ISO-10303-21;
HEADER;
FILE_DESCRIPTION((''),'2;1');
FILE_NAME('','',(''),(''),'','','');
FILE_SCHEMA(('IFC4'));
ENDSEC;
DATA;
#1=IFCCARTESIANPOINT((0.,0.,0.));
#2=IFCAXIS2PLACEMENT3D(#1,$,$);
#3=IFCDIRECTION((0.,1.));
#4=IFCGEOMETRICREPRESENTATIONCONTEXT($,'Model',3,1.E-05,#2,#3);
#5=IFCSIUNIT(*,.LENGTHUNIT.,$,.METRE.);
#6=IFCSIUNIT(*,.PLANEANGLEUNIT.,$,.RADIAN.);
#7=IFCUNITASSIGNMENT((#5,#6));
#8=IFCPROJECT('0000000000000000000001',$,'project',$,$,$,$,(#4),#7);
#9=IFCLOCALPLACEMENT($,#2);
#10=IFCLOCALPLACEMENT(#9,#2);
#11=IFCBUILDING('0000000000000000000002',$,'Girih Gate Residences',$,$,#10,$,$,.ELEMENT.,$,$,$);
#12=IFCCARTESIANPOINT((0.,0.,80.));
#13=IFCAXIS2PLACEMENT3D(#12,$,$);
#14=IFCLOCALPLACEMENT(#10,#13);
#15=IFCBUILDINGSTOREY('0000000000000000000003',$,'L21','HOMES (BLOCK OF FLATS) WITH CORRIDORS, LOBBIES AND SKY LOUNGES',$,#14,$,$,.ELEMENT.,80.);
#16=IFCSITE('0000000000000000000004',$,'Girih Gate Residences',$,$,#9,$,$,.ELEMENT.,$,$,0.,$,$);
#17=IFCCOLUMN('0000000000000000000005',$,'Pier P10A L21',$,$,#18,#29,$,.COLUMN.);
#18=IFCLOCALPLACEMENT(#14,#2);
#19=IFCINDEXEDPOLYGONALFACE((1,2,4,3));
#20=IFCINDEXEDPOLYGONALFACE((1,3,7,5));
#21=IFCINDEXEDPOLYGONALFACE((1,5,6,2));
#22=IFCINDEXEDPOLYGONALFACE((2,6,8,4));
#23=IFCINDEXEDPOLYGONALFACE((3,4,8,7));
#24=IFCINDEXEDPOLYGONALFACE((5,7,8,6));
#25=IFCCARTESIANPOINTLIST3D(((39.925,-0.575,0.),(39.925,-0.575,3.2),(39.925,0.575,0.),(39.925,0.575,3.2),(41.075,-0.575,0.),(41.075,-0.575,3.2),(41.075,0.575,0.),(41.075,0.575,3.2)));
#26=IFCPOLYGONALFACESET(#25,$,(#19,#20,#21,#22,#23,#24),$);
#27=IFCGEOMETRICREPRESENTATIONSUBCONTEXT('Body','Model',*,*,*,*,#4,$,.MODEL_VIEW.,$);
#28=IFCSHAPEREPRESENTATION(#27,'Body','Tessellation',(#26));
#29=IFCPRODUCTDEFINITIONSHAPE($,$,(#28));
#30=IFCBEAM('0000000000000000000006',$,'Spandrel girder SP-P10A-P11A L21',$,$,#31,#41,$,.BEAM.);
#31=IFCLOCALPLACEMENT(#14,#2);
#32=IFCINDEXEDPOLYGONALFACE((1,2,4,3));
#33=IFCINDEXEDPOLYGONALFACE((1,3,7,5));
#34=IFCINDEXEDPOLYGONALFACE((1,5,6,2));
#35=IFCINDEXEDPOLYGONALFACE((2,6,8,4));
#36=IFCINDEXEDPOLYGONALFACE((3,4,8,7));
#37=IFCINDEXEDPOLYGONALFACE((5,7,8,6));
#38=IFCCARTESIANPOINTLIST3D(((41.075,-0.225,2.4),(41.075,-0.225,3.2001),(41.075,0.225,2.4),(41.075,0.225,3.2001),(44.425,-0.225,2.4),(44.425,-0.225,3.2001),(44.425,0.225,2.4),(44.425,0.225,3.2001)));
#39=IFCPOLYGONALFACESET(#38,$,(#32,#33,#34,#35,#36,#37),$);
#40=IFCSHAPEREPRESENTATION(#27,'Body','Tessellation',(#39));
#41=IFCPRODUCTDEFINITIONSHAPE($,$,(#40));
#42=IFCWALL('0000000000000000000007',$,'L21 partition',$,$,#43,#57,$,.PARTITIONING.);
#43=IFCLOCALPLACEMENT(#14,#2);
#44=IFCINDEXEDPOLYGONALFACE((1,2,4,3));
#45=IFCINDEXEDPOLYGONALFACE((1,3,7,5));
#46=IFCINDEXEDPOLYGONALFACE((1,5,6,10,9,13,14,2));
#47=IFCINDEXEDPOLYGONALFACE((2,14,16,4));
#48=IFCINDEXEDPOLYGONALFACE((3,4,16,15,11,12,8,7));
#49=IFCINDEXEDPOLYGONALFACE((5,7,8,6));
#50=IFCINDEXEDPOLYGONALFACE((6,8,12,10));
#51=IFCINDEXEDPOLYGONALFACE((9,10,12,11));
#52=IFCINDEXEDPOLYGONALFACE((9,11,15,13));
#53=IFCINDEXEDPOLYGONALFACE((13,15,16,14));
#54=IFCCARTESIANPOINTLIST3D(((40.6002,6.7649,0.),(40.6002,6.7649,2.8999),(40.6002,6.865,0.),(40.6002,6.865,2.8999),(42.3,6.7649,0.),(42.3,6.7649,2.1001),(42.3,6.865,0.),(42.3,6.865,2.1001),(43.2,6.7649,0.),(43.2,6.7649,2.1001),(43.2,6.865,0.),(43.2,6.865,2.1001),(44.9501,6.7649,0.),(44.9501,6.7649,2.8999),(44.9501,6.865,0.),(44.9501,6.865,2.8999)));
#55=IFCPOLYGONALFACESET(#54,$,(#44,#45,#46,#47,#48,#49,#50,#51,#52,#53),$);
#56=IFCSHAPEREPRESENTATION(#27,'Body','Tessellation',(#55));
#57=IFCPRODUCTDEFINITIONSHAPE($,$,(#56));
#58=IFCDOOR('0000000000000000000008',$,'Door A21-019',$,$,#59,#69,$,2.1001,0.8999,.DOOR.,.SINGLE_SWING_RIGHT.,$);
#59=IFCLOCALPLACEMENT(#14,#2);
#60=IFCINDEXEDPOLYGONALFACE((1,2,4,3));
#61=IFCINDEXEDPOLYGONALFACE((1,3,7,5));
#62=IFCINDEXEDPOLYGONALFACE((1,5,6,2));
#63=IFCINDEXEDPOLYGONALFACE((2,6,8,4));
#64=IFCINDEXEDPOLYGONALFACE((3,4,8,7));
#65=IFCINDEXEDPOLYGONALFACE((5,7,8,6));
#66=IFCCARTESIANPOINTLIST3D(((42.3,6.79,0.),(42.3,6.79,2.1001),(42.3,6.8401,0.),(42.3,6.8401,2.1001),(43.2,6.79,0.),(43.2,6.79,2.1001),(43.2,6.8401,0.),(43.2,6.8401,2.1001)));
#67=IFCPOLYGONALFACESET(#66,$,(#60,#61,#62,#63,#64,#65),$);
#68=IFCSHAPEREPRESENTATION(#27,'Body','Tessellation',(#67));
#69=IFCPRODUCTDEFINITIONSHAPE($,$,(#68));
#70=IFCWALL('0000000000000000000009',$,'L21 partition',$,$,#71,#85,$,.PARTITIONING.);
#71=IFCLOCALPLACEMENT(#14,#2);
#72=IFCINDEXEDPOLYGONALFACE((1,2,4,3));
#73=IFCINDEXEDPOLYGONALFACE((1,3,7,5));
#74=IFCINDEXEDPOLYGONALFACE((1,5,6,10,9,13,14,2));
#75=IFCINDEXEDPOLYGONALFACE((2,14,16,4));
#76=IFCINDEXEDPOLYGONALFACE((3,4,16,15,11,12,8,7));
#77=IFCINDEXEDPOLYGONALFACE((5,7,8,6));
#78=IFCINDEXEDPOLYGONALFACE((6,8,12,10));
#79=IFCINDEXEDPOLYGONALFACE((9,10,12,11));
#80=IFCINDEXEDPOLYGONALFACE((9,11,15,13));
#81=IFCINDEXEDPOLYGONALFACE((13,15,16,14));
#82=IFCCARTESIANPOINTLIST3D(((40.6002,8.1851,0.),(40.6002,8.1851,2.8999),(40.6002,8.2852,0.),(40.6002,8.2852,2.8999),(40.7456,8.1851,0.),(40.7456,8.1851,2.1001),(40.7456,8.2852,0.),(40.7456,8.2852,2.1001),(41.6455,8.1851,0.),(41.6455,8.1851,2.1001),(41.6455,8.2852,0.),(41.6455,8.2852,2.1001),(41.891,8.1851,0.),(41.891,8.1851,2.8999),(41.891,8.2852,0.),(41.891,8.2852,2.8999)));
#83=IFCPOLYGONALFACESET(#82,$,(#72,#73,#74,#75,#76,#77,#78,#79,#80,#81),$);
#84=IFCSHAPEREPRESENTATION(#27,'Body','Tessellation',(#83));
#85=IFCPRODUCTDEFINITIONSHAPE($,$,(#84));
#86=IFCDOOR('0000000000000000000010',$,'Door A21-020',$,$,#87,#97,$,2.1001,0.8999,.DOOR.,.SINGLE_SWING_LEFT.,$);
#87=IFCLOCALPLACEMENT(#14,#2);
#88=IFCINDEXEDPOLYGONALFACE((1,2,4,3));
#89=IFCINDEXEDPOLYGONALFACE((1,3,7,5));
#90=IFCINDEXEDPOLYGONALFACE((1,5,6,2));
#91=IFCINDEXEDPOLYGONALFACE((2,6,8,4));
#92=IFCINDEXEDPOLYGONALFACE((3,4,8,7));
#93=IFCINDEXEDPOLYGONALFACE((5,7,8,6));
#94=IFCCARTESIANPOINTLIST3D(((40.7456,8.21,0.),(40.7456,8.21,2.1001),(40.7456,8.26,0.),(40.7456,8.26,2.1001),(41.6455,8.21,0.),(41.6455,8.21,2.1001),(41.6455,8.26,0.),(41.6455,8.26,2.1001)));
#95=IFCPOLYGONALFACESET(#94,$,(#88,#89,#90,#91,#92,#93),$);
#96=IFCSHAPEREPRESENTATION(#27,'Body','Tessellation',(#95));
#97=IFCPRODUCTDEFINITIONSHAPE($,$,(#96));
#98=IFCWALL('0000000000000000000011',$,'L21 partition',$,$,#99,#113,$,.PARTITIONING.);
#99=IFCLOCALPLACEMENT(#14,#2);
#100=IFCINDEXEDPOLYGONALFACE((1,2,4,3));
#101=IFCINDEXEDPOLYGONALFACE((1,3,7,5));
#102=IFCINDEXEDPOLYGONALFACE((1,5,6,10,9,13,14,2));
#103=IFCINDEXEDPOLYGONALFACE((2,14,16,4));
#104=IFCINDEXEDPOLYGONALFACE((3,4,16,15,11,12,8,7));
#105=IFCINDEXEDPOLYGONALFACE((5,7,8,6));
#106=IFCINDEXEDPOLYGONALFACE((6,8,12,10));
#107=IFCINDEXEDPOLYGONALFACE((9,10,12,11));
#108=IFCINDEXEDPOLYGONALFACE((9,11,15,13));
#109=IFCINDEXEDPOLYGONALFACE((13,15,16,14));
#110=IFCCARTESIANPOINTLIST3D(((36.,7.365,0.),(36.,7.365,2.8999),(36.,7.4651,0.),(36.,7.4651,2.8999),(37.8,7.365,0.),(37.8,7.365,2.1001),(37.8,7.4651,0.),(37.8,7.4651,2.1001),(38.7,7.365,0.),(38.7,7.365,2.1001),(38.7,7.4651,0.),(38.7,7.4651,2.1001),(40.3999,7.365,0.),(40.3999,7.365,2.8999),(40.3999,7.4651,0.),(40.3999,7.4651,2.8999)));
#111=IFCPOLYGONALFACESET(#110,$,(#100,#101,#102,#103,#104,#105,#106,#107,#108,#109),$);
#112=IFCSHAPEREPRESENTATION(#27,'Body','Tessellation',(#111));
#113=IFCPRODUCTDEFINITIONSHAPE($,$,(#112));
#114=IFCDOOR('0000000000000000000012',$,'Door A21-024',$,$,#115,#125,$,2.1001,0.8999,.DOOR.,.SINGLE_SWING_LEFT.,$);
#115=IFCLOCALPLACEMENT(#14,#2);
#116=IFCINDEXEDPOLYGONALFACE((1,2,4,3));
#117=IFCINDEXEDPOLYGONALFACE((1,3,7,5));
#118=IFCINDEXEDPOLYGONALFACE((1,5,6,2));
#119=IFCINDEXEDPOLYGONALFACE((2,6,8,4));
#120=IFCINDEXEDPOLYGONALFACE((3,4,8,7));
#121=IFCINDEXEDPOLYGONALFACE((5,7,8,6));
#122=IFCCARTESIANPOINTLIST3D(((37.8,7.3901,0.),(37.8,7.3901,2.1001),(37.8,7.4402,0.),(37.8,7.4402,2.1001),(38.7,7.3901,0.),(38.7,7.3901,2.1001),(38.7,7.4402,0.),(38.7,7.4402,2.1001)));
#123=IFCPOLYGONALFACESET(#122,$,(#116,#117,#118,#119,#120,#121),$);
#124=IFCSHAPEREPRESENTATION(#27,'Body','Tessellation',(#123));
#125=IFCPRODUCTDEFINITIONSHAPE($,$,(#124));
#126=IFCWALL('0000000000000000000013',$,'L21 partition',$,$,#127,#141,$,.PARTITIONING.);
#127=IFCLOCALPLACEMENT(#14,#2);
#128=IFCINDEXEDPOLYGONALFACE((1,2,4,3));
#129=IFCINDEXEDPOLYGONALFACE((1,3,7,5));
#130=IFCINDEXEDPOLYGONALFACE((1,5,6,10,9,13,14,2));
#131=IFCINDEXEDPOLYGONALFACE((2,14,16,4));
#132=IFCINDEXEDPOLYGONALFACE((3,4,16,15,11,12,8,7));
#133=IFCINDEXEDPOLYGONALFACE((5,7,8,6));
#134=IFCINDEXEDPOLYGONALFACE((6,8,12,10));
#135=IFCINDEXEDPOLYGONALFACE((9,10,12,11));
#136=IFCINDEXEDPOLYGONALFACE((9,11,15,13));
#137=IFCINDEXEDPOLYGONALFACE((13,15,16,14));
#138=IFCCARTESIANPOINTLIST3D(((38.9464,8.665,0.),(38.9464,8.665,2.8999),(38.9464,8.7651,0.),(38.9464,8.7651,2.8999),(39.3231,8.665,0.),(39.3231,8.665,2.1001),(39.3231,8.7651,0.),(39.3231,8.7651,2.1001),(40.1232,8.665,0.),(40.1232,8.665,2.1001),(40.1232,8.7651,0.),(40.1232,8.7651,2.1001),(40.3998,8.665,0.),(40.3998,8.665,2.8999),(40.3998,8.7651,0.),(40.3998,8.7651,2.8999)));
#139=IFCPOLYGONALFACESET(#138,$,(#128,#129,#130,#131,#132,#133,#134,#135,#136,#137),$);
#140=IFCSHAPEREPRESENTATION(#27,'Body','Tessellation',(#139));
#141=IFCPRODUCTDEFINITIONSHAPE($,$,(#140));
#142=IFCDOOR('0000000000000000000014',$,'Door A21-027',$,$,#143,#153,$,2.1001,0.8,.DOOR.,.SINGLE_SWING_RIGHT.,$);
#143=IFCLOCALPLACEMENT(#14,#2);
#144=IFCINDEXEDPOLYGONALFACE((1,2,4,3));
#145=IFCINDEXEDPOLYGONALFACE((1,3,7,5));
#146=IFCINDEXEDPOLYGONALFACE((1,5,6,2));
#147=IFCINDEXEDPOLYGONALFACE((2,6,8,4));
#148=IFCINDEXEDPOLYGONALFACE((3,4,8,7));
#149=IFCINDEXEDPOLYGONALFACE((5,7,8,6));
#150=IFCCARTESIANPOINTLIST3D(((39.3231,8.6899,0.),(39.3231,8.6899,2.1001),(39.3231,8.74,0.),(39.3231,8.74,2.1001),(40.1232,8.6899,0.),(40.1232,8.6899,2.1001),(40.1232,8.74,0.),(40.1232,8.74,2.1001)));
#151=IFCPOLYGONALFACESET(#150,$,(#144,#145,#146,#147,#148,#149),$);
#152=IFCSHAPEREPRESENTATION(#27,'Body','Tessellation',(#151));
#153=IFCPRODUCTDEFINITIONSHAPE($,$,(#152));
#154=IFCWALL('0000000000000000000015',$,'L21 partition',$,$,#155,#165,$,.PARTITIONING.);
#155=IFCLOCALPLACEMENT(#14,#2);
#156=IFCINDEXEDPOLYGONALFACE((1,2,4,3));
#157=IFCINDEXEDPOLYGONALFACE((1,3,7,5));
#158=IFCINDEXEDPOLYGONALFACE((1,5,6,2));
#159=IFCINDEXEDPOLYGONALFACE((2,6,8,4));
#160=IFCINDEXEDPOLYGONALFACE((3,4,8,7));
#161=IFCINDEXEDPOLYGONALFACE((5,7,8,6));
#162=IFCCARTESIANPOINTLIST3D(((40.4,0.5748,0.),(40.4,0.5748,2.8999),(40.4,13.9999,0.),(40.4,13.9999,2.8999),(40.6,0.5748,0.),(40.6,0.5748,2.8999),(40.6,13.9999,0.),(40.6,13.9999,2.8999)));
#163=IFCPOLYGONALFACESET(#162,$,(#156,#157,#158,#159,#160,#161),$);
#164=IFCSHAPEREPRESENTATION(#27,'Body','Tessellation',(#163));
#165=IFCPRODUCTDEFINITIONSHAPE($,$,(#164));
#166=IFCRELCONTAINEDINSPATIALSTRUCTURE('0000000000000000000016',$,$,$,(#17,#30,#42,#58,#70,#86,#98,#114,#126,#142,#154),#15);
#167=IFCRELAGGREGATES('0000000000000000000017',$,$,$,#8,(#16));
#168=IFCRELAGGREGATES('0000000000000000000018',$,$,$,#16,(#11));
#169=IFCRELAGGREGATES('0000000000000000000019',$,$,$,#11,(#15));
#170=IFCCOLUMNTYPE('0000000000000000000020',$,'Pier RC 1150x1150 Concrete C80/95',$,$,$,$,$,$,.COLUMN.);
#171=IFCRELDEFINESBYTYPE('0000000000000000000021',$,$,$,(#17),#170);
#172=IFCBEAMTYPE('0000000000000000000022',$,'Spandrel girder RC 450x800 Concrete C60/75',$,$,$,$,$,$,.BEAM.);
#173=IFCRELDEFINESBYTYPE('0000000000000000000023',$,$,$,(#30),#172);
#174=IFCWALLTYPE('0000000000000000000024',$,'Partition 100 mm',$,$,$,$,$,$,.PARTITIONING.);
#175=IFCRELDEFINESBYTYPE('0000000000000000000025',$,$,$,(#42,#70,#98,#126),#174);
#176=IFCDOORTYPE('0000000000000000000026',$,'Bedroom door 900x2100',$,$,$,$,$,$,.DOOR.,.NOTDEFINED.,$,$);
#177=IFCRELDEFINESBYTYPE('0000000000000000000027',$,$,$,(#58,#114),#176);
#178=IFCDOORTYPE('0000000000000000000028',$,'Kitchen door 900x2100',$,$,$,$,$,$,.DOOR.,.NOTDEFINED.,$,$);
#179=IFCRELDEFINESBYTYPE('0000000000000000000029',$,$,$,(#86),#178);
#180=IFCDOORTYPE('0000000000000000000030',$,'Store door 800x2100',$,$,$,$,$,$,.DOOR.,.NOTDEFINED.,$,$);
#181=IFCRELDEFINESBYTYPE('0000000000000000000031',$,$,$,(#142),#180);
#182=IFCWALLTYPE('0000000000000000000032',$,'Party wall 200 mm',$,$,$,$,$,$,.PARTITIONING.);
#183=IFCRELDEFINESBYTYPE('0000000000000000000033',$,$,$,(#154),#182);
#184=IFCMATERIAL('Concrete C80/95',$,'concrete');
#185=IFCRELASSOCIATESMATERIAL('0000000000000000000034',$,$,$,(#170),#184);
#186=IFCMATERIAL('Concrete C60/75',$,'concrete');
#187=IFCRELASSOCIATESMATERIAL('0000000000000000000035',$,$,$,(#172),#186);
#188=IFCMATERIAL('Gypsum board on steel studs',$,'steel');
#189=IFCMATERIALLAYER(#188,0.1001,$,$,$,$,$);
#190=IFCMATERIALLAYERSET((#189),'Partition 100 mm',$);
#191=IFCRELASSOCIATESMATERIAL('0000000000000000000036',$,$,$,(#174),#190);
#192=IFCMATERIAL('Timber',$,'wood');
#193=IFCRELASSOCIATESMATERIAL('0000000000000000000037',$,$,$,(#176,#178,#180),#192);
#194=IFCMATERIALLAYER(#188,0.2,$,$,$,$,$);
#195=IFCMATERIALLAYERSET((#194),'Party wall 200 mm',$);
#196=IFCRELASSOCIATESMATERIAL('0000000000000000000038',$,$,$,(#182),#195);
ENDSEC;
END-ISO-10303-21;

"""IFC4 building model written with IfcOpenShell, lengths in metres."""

from ifc_helpers import new_model, si_unit, direction, frame, frame_2d, origin, origin_2d, place, context, subcontext, project, spatial, rectangle, extrude, material, layer, layer_set, material_profile, profile_set, type_object, element, fill, save


model = new_model("IFC4")

# Units and contexts
model_context = context("Model", 3, precision=1e-05, world=origin(), true_north=direction((0.0, 1.0)))
body_context = subcontext(model_context, "Body", "Model", "MODEL_VIEW")
ifc_project = project(units=[si_unit("LENGTHUNIT", "METRE"), si_unit("PLANEANGLEUNIT", "RADIAN")], contexts=[model_context])

# Site, building, storey
site_placement = place(None, origin())
site = spatial("IfcSite", under=ifc_project, at=site_placement, Name="Girih Gate Residences", CompositionType="ELEMENT", RefElevation=0.0)
building_placement = place(site_placement, origin())
building = spatial("IfcBuilding", under=site, at=building_placement, Name="Girih Gate Residences", CompositionType="ELEMENT")
storey_placement = place(building_placement, frame((0.0, 0.0, 80.0)))
storey = spatial("IfcBuildingStorey", under=building, at=storey_placement, Name="L21", Description="HOMES (BLOCK OF FLATS) WITH CORRIDORS, LOBBIES AND SKY LOUNGES", CompositionType="ELEMENT", Elevation=80.0)

# Column
ifc_material_1 = material(Name="Concrete C80/95", Category="concrete")
ifc_material_profile_1 = material_profile(ifc_material_1, rectangle(XDim=1.1499, YDim=1.1499, at=origin_2d()))
ifc_profile_set_1 = profile_set([ifc_material_profile_1], Name="Concrete C80/95")
column_type = type_object("IfcColumnType", Name="Pier RC 1150x1150 Concrete C80/95", PredefinedType="COLUMN", material=ifc_profile_set_1)
column_placement = place(storey_placement, frame((40.5, 0.0, 0.0), z_axis=(0.0, 0.0, 1.0), x_axis=(1.0, 0.0, 0.0)))
element("IfcColumn", 1, at=column_placement, inside=storey, type_object=column_type, Name="Pier P10A L21", PredefinedType="COLUMN", context=body_context, shape_type="SweptSolid", body=[
    extrude(rectangle(XDim=1.1499, YDim=1.1499, at=origin_2d()), origin(), (0.0, 0.0, 1.0), 3.2),
])

# Beam
ifc_material_2 = material(Name="Concrete C60/75", Category="concrete")
ifc_material_profile_2 = material_profile(ifc_material_2, rectangle(XDim=0.45, YDim=0.8, at=origin_2d()))
ifc_profile_set_2 = profile_set([ifc_material_profile_2], Name="Concrete C60/75")
beam_type = type_object("IfcBeamType", Name="Spandrel girder RC 450x800 Concrete C60/75", PredefinedType="BEAM", material=ifc_profile_set_2)
beam_placement = place(storey_placement, frame((41.075, 0.0, 2.8), z_axis=(1.0, 0.0, 0.0), x_axis=(0.0, 1.0, 0.0)))
element("IfcBeam", 2, at=beam_placement, inside=storey, type_object=beam_type, Name="Spandrel girder SP-P10A-P11A L21", PredefinedType="BEAM", context=body_context, shape_type="SweptSolid", body=[
    extrude(rectangle(XDim=0.45, YDim=0.8, at=origin_2d()), origin(), (0.0, 0.0, 1.0), 3.3501),
])

# Walls, openings, doors
ifc_material_3 = material(Name="Gypsum board on steel studs", Category="steel")
ifc_layer_1 = layer(ifc_material_3, 0.1001)
ifc_layer_set_1 = layer_set([ifc_layer_1], Name="Partition 100 mm")
wall_type_1 = type_object("IfcWallType", Name="Partition 100 mm", PredefinedType="PARTITIONING", material=ifc_layer_set_1)
wall_1_placement = place(storey_placement, frame((44.95, 6.8149, 0.0), z_axis=(0.0, 0.0, 1.0), x_axis=(-1.0, 0.0, 0.0)))
wall_1 = element("IfcWall", 3, at=wall_1_placement, inside=storey, type_object=wall_type_1, Name="L21 partition", PredefinedType="PARTITIONING", context=body_context, shape_type="SweptSolid", body=[
    extrude(rectangle(XDim=4.3499, YDim=0.1001, at=frame_2d((2.1748, 0.0))), origin(), (0.0, 0.0, 1.0), 2.8999),
])
opening_1_placement = place(wall_1_placement, frame((1.75, 0.0, 0.0)))
opening_1 = element("IfcOpeningElement", 4, at=opening_1_placement, cuts=wall_1, PredefinedType="OPENING", context=body_context, shape_type="SweptSolid", body=[
    extrude(rectangle(XDim=0.8999, YDim=2.1001, at=frame_2d((0.45, 1.05))), frame((0.0, 0.0601, 0.0), z_axis=(0.0, -1.0, 0.0), x_axis=(1.0, 0.0, 0.0)), (0.0, 0.0, 1.0), 0.1201),
])
ifc_material_4 = material(Name="Timber", Category="wood")
door_type_1 = type_object("IfcDoorType", Name="Bedroom door 900x2100", OperationType="NOTDEFINED", PredefinedType="DOOR", material=ifc_material_4)
door_1_placement = place(opening_1_placement, origin())
door_1 = element("IfcDoor", 5, at=door_1_placement, inside=storey, type_object=door_type_1, Name="Door A21-019", OperationType="SINGLE_SWING_RIGHT", OverallHeight=2.1001, OverallWidth=0.8999, PredefinedType="DOOR", context=body_context, shape_type="SweptSolid", body=[
    extrude(rectangle(XDim=0.8999, YDim=2.1001, at=frame_2d((0.45, 1.05))), frame((0.0, 0.0249, 0.0), z_axis=(0.0, -1.0, 0.0), x_axis=(1.0, 0.0, 0.0)), (0.0, 0.0, 1.0), 0.05),
])
fill(opening_1, door_1)
wall_2_placement = place(storey_placement, frame((40.6001, 8.2351, 0.0), z_axis=(0.0, 0.0, 1.0), x_axis=(1.0, 0.0, 0.0)))
wall_2 = element("IfcWall", 6, at=wall_2_placement, inside=storey, type_object=wall_type_1, Name="L21 partition", PredefinedType="PARTITIONING", context=body_context, shape_type="SweptSolid", body=[
    extrude(rectangle(XDim=1.2908, YDim=0.1001, at=frame_2d((0.6455, 0.0))), origin(), (0.0, 0.0, 1.0), 2.8999),
])
opening_2_placement = place(wall_2_placement, frame((0.1455, 0.0, 0.0)))
opening_2 = element("IfcOpeningElement", 7, at=opening_2_placement, cuts=wall_2, PredefinedType="OPENING", context=body_context, shape_type="SweptSolid", body=[
    extrude(rectangle(XDim=0.8999, YDim=2.1001, at=frame_2d((0.45, 1.05))), frame((0.0, 0.0601, 0.0), z_axis=(0.0, -1.0, 0.0), x_axis=(1.0, 0.0, 0.0)), (0.0, 0.0, 1.0), 0.1201),
])
door_type_2 = type_object("IfcDoorType", Name="Kitchen door 900x2100", OperationType="NOTDEFINED", PredefinedType="DOOR", material=ifc_material_4)
door_2_placement = place(opening_2_placement, origin())
door_2 = element("IfcDoor", 8, at=door_2_placement, inside=storey, type_object=door_type_2, Name="Door A21-020", OperationType="SINGLE_SWING_LEFT", OverallHeight=2.1001, OverallWidth=0.8999, PredefinedType="DOOR", context=body_context, shape_type="SweptSolid", body=[
    extrude(rectangle(XDim=0.8999, YDim=2.1001, at=frame_2d((0.45, 1.05))), frame((0.0, 0.0249, 0.0), z_axis=(0.0, -1.0, 0.0), x_axis=(1.0, 0.0, 0.0)), (0.0, 0.0, 1.0), 0.05),
])
fill(opening_2, door_2)
wall_3_placement = place(storey_placement, frame((40.3999, 7.415, 0.0), z_axis=(0.0, 0.0, 1.0), x_axis=(-1.0, 0.0, 0.0)))
wall_3 = element("IfcWall", 9, at=wall_3_placement, inside=storey, type_object=wall_type_1, Name="L21 partition", PredefinedType="PARTITIONING", context=body_context, shape_type="SweptSolid", body=[
    extrude(rectangle(XDim=4.3999, YDim=0.1001, at=frame_2d((2.2, 0.0))), origin(), (0.0, 0.0, 1.0), 2.8999),
])
opening_3_placement = place(wall_3_placement, frame((1.7, 0.0, 0.0)))
opening_3 = element("IfcOpeningElement", 10, at=opening_3_placement, cuts=wall_3, PredefinedType="OPENING", context=body_context, shape_type="SweptSolid", body=[
    extrude(rectangle(XDim=0.8999, YDim=2.1001, at=frame_2d((0.45, 1.05))), frame((0.0, 0.0601, 0.0), z_axis=(0.0, -1.0, 0.0), x_axis=(1.0, 0.0, 0.0)), (0.0, 0.0, 1.0), 0.1201),
])
door_3_placement = place(opening_3_placement, origin())
door_3 = element("IfcDoor", 11, at=door_3_placement, inside=storey, type_object=door_type_1, Name="Door A21-024", OperationType="SINGLE_SWING_LEFT", OverallHeight=2.1001, OverallWidth=0.8999, PredefinedType="DOOR", context=body_context, shape_type="SweptSolid", body=[
    extrude(rectangle(XDim=0.8999, YDim=2.1001, at=frame_2d((0.45, 1.05))), frame((0.0, 0.0249, 0.0), z_axis=(0.0, -1.0, 0.0), x_axis=(1.0, 0.0, 0.0)), (0.0, 0.0, 1.0), 0.05),
])
fill(opening_3, door_3)
wall_4_placement = place(storey_placement, frame((38.9465, 8.7151, 0.0), z_axis=(0.0, 0.0, 1.0), x_axis=(1.0, 0.0, 0.0)))
wall_4 = element("IfcWall", 12, at=wall_4_placement, inside=storey, type_object=wall_type_1, Name="L21 partition", PredefinedType="PARTITIONING", context=body_context, shape_type="SweptSolid", body=[
    extrude(rectangle(XDim=1.4534, YDim=0.1001, at=frame_2d((0.7266, 0.0))), origin(), (0.0, 0.0, 1.0), 2.8999),
])
opening_4_placement = place(wall_4_placement, frame((0.3767, 0.0, 0.0)))
opening_4 = element("IfcOpeningElement", 13, at=opening_4_placement, cuts=wall_4, PredefinedType="OPENING", context=body_context, shape_type="SweptSolid", body=[
    extrude(rectangle(XDim=0.8, YDim=2.1001, at=frame_2d((0.3999, 1.05))), frame((0.0, 0.0601, 0.0), z_axis=(0.0, -1.0, 0.0), x_axis=(1.0, 0.0, 0.0)), (0.0, 0.0, 1.0), 0.1201),
])
door_type_3 = type_object("IfcDoorType", Name="Store door 800x2100", OperationType="NOTDEFINED", PredefinedType="DOOR", material=ifc_material_4)
door_4_placement = place(opening_4_placement, origin())
door_4 = element("IfcDoor", 14, at=door_4_placement, inside=storey, type_object=door_type_3, Name="Door A21-027", OperationType="SINGLE_SWING_RIGHT", OverallHeight=2.1001, OverallWidth=0.8, PredefinedType="DOOR", context=body_context, shape_type="SweptSolid", body=[
    extrude(rectangle(XDim=0.8, YDim=2.1001, at=frame_2d((0.3999, 1.05))), frame((0.0, 0.0249, 0.0), z_axis=(0.0, -1.0, 0.0), x_axis=(1.0, 0.0, 0.0)), (0.0, 0.0, 1.0), 0.05),
])
fill(opening_4, door_4)

# Wall
ifc_layer_2 = layer(ifc_material_3, 0.2)
ifc_layer_set_2 = layer_set([ifc_layer_2], Name="Party wall 200 mm")
wall_type_2 = type_object("IfcWallType", Name="Party wall 200 mm", PredefinedType="PARTITIONING", material=ifc_layer_set_2)
wall_5_placement = place(storey_placement, frame((40.5, 0.575, 0.0), z_axis=(0.0, 0.0, 1.0), x_axis=(0.0, 1.0, 0.0)))
element("IfcWall", 15, at=wall_5_placement, inside=storey, type_object=wall_type_2, Name="L21 partition", PredefinedType="PARTITIONING", context=body_context, shape_type="SweptSolid", body=[
    extrude(rectangle(XDim=13.425, YDim=0.2, at=frame_2d((6.7124, 0.0))), origin(), (0.0, 0.0, 1.0), 2.8999),
])

save(model, "model.ifc")
